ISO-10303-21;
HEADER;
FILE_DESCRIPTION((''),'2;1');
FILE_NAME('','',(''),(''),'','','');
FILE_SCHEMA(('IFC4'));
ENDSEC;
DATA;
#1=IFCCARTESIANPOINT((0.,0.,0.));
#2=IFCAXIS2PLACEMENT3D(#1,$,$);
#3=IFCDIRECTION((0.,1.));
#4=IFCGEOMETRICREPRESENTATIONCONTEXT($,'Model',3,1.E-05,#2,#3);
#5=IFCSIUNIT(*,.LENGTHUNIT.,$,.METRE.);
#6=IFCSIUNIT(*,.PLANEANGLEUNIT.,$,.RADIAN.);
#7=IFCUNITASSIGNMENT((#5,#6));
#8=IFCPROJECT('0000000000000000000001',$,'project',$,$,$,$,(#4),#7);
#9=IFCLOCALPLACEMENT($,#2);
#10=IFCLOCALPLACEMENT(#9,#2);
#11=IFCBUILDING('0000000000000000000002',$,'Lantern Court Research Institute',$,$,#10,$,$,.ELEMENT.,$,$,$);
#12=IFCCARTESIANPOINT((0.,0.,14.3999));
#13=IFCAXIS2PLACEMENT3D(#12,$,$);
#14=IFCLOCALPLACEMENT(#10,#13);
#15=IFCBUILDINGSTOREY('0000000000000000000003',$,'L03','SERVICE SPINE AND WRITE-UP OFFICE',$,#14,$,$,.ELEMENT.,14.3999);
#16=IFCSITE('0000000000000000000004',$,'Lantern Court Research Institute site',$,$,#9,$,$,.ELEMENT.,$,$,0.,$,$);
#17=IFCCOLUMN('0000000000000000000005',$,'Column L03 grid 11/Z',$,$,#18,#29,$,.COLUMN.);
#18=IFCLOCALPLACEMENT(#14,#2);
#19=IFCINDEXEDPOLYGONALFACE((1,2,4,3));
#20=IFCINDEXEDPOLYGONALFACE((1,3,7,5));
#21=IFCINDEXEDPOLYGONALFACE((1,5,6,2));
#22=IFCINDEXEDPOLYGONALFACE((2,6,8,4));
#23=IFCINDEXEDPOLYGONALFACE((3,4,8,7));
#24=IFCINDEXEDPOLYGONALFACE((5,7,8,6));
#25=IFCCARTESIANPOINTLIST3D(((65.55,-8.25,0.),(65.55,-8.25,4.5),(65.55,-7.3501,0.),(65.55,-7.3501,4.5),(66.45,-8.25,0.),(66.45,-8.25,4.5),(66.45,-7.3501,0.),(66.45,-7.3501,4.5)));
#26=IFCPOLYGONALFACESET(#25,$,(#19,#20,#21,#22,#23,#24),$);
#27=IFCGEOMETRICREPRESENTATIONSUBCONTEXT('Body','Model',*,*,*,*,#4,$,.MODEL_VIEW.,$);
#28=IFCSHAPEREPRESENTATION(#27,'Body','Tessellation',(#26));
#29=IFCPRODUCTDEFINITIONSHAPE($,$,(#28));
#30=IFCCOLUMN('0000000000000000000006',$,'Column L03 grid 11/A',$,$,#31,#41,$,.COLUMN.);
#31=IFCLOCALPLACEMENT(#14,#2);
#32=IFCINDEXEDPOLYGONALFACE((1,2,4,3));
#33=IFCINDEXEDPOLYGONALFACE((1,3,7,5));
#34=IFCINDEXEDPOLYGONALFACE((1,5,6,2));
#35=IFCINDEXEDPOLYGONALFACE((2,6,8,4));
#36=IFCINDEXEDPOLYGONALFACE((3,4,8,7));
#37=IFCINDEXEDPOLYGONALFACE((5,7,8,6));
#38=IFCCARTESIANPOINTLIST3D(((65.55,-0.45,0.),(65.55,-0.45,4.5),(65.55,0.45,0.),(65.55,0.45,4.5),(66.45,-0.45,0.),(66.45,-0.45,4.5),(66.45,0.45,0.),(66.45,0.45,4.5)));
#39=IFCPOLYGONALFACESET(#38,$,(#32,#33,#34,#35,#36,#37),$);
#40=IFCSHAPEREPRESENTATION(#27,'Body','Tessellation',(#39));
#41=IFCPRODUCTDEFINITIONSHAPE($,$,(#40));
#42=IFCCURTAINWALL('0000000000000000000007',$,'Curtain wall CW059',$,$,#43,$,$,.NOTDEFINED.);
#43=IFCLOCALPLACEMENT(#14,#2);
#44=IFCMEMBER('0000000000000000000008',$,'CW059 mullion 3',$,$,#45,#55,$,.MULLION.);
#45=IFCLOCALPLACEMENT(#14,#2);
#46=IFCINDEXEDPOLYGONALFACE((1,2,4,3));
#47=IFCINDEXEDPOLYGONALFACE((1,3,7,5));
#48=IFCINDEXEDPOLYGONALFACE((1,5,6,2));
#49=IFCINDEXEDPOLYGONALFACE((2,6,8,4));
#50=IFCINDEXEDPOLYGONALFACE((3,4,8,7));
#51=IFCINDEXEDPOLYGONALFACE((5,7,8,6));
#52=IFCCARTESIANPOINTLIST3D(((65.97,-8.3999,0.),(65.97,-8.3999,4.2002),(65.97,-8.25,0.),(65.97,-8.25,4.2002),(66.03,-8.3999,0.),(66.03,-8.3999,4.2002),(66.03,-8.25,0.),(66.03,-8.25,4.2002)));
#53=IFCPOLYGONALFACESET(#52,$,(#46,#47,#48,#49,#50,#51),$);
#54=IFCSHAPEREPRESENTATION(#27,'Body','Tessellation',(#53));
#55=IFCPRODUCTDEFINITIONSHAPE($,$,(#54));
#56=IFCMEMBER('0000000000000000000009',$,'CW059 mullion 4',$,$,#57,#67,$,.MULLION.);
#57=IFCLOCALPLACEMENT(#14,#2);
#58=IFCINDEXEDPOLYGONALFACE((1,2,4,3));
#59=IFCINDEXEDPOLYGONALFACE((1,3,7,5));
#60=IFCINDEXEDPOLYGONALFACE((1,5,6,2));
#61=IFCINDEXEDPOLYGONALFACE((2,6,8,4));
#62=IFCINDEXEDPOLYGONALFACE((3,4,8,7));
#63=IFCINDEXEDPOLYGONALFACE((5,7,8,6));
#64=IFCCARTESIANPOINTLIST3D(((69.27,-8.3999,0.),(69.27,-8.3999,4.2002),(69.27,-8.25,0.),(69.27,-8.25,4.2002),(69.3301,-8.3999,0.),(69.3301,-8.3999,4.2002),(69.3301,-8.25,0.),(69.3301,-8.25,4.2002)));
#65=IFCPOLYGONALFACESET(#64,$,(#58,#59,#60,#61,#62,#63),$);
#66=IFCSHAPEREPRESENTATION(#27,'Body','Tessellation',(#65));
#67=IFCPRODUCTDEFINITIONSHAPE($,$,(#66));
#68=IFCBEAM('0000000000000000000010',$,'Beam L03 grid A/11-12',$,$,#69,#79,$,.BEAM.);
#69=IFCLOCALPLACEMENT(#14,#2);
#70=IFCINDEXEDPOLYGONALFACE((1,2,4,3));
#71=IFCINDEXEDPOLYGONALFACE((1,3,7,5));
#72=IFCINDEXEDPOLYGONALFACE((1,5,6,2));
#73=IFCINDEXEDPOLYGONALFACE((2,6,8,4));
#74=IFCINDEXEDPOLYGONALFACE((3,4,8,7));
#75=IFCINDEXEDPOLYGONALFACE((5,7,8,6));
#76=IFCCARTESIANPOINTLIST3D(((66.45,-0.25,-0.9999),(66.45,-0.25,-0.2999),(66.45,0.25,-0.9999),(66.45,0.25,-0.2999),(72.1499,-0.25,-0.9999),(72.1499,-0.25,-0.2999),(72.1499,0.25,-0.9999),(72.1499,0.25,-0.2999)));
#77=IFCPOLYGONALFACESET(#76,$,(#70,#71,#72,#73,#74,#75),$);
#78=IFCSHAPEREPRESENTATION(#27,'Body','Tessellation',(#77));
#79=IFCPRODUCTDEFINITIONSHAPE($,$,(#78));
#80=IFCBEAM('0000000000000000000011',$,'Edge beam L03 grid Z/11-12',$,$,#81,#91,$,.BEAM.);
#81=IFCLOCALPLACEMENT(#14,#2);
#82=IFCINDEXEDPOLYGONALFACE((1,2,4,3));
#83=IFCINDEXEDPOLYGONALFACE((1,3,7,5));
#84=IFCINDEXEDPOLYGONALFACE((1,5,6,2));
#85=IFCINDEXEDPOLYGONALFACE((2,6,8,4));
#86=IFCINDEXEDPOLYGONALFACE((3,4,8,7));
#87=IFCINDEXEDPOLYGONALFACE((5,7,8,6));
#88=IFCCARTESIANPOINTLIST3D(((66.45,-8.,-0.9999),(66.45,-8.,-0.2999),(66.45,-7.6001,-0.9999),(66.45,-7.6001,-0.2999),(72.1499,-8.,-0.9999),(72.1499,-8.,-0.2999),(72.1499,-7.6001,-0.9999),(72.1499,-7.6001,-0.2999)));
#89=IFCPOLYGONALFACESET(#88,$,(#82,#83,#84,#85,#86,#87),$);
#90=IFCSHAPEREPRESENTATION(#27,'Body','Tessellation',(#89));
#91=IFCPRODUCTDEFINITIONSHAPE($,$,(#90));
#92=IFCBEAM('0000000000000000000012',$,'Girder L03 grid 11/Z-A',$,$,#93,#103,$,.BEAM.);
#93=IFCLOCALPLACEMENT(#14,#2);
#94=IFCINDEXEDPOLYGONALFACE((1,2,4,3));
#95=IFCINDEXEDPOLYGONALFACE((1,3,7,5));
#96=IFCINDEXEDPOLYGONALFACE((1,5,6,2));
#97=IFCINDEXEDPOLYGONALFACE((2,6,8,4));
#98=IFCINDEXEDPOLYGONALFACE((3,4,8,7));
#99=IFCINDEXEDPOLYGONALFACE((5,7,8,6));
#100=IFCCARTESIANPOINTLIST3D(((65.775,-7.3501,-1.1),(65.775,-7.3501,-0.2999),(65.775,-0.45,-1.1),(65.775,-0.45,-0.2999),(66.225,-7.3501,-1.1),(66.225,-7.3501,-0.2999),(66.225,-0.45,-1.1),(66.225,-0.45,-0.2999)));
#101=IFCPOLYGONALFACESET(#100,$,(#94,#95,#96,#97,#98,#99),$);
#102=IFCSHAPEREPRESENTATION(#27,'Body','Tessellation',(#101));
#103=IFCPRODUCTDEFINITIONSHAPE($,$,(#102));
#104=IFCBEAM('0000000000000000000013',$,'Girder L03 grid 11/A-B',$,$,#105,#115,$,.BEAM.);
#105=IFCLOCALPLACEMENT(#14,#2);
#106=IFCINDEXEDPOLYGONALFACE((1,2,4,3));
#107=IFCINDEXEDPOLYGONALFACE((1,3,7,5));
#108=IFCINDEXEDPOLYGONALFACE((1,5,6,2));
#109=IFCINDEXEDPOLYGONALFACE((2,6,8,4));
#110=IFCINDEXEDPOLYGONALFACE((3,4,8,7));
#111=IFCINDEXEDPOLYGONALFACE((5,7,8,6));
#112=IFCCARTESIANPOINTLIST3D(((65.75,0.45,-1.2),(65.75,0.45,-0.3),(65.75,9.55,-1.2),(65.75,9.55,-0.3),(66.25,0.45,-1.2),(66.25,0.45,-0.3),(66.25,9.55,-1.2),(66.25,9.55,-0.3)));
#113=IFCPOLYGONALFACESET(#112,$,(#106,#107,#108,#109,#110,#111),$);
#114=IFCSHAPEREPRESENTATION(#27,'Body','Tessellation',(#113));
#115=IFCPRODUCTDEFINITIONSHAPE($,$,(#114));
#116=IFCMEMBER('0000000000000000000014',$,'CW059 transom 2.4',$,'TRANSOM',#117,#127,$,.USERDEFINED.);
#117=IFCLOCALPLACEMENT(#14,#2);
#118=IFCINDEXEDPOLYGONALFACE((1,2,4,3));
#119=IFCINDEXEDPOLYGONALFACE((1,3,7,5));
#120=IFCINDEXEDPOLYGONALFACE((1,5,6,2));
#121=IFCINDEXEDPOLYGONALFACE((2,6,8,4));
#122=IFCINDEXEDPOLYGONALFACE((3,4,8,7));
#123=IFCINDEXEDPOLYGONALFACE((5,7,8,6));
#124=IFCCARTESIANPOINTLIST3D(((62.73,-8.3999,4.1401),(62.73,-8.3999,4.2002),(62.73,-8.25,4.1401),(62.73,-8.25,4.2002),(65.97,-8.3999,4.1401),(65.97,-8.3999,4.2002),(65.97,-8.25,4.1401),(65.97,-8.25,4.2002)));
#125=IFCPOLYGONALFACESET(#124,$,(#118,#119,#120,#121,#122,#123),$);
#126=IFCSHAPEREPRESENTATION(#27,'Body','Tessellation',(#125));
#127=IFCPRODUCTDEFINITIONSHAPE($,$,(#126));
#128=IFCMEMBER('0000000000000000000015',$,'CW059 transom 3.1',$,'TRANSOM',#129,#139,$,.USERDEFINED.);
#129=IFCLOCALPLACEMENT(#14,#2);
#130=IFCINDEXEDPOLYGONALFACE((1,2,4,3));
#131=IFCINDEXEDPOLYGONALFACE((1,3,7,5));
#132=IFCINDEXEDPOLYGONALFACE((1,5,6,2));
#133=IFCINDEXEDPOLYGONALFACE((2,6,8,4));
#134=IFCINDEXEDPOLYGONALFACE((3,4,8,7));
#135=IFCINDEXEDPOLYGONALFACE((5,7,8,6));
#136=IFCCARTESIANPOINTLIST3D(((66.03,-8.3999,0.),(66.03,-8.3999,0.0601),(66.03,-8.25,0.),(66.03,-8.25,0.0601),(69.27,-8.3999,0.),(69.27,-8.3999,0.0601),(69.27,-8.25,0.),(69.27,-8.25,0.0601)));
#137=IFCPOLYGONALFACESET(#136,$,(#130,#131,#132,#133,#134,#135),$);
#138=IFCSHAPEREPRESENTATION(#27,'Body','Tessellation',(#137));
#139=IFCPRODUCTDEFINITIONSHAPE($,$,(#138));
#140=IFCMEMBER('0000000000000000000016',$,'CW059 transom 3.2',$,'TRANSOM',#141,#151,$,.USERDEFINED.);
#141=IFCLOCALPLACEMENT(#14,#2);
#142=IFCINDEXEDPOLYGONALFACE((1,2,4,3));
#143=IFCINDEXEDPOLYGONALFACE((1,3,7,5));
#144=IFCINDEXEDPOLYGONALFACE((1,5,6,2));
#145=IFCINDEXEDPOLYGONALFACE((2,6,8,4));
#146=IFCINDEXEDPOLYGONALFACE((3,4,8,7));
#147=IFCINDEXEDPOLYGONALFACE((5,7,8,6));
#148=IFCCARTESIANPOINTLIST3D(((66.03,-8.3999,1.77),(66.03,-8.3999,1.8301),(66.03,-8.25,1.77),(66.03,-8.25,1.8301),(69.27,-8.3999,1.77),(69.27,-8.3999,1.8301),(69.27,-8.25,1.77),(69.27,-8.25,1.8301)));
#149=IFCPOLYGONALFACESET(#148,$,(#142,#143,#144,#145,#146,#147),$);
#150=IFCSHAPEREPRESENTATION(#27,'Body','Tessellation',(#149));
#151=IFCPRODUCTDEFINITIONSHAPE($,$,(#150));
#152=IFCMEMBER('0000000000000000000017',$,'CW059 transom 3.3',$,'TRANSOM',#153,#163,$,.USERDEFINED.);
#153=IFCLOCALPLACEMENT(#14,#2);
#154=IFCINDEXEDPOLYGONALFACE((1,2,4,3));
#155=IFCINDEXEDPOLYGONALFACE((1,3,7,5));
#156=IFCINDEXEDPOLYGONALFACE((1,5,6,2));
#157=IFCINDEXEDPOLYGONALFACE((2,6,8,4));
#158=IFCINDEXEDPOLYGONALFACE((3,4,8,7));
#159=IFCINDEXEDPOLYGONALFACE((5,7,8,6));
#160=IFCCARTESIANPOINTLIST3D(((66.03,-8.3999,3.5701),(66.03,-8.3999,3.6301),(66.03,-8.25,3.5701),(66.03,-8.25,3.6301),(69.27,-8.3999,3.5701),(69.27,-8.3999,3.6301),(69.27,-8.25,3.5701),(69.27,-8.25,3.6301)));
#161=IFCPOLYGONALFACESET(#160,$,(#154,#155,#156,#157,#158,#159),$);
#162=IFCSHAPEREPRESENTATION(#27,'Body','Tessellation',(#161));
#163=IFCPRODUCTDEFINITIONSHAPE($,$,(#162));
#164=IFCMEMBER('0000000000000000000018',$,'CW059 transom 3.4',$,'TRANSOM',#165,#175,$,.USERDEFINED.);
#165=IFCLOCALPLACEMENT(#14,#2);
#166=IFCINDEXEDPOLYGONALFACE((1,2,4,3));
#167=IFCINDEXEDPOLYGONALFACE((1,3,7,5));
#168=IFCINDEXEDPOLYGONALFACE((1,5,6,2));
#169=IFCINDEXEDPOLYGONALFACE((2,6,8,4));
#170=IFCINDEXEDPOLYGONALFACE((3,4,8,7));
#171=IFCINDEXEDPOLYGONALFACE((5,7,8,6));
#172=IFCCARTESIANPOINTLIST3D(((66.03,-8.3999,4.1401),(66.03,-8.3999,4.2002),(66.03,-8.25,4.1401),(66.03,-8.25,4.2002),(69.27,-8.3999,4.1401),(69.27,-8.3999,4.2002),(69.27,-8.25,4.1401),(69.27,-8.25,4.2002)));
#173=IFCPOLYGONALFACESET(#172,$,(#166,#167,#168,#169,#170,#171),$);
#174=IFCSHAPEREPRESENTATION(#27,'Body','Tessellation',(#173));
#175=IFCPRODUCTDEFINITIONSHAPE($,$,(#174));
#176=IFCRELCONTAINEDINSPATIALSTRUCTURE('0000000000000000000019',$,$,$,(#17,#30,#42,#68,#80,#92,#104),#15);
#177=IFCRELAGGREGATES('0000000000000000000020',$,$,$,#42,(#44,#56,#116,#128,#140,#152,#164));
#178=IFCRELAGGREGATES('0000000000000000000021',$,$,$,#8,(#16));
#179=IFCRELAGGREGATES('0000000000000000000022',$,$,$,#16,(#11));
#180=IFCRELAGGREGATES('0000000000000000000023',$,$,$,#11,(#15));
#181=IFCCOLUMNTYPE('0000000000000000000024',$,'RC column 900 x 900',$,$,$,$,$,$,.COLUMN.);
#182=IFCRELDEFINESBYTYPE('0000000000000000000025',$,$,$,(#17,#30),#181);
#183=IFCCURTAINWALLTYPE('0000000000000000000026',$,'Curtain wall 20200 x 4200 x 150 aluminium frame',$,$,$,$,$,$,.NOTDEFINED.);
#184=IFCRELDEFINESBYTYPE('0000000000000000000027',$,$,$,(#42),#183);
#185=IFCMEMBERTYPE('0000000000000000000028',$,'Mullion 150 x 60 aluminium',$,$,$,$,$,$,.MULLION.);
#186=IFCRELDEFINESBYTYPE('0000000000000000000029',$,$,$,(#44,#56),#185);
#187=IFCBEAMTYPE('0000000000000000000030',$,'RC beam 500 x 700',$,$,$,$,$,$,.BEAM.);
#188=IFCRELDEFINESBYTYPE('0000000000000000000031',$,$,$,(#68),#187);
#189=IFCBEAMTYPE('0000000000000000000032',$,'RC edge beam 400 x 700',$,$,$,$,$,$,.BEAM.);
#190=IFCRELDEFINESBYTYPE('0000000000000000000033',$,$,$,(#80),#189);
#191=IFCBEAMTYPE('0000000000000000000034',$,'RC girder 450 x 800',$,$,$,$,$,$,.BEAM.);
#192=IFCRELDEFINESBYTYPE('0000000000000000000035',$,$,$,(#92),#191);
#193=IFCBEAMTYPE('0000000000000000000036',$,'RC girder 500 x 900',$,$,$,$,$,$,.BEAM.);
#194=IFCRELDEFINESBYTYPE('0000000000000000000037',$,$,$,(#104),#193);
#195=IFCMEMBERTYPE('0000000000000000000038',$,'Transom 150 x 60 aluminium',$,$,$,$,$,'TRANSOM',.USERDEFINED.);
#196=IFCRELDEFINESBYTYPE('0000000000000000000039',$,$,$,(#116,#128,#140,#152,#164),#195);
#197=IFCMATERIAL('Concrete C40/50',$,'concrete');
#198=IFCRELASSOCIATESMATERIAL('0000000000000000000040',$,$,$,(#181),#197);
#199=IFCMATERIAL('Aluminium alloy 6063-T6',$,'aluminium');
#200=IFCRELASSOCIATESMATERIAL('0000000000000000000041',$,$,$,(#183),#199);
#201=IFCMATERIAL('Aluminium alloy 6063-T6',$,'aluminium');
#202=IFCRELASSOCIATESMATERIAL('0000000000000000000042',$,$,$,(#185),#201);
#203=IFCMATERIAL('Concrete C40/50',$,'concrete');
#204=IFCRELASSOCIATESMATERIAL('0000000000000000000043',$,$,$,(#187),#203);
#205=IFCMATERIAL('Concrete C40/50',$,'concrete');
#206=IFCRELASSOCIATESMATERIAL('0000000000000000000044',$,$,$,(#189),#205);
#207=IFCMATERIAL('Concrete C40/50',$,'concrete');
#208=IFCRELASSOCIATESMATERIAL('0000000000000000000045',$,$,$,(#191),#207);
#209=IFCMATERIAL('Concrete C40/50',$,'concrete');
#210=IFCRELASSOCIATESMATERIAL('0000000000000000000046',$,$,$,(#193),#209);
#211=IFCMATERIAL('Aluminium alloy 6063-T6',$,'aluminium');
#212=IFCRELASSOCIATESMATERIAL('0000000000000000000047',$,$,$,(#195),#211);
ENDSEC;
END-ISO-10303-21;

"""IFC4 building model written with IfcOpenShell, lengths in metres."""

from ifc_helpers import new_model, si_unit, direction, frame, origin, origin_2d, place, context, subcontext, project, spatial, rectangle, extrude, material, material_profile, profile_set, type_object, element, aggregate, save


model = new_model("IFC4")

# Units and contexts
model_context = context("Model", 3, precision=1e-05, world=origin(), true_north=direction((0.0, 1.0)))
body_context = subcontext(model_context, "Body", "Model", "MODEL_VIEW")
ifc_project = project(units=[si_unit("LENGTHUNIT", "METRE"), si_unit("PLANEANGLEUNIT", "RADIAN")], contexts=[model_context])

# Site, building, storey
site_placement = place(None, origin())
site = spatial("IfcSite", under=ifc_project, at=site_placement, Name="Lantern Court Research Institute site", CompositionType="ELEMENT", RefElevation=0.0)
building_placement = place(site_placement, origin())
building = spatial("IfcBuilding", under=site, at=building_placement, Name="Lantern Court Research Institute", CompositionType="ELEMENT")
storey_placement = place(building_placement, frame((0.0, 0.0, 14.3999)))
storey = spatial("IfcBuildingStorey", under=building, at=storey_placement, Name="L03", Description="SERVICE SPINE AND WRITE-UP OFFICE", CompositionType="ELEMENT", Elevation=14.3999)

# Columns
ifc_material_1 = material(Name="Concrete C40/50", Category="concrete")
ifc_material_profile_1 = material_profile(ifc_material_1, rectangle(XDim=0.8999, YDim=0.8999, at=origin_2d()), Name="RC column 900 x 900")
ifc_profile_set_1 = profile_set([ifc_material_profile_1], Name="Concrete C40/50")
column_type = type_object("IfcColumnType", Name="RC column 900 x 900", PredefinedType="COLUMN", material=ifc_profile_set_1)
for number, where, z_axis, x_axis, name in (
    (1, (66.0, -7.8, 0.0), (0.0, 0.0, 1.0), (1.0, 0.0, 0.0), "Column L03 grid 11/Z"),
    (2, (66.0, 0.0, 0.0), (0.0, 0.0, 1.0), (1.0, 0.0, 0.0), "Column L03 grid 11/A"),
):
    element("IfcColumn", number, at=place(storey_placement, frame(where, z_axis=z_axis, x_axis=x_axis)), inside=storey, type_object=column_type, Name=name, PredefinedType="COLUMN", context=body_context, shape_type="SweptSolid", body=[
        extrude(rectangle(XDim=0.8999, YDim=0.8999, at=origin_2d()), origin(), (0.0, 0.0, 1.0), 4.5),
    ])

# Curtain wall, members
ifc_material_2 = material(Name="Aluminium alloy 6063-T6", Category="aluminium")
curtain_wall_type = type_object("IfcCurtainWallType", Name="Curtain wall 20200 x 4200 x 150 aluminium frame", PredefinedType="NOTDEFINED", material=ifc_material_2)
curtain_wall_placement = place(storey_placement, origin())
curtain_wall = element("IfcCurtainWall", 3, at=curtain_wall_placement, inside=storey, type_object=curtain_wall_type, Name="Curtain wall CW059", PredefinedType="NOTDEFINED")
ifc_material_3 = material(Name="Aluminium alloy 6063-T6", Category="aluminium")
ifc_material_profile_2 = material_profile(ifc_material_3, rectangle(XDim=0.1499, YDim=0.0601, at=origin_2d()), Name="Mullion 150 x 60")
ifc_profile_set_2 = profile_set([ifc_material_profile_2], Name="Aluminium alloy 6063-T6")
member_type_1 = type_object("IfcMemberType", Name="Mullion 150 x 60 aluminium", PredefinedType="MULLION", material=ifc_profile_set_2)
member_1_placement = place(storey_placement, frame((66.0, -8.325, 0.0), z_axis=(0.0, 0.0, 1.0), x_axis=(0.0, -1.0, 0.0)))
member_1 = element("IfcMember", 4, at=member_1_placement, type_object=member_type_1, Name="CW059 mullion 3", PredefinedType="MULLION", context=body_context, shape_type="SweptSolid", body=[
    extrude(rectangle(XDim=0.1499, YDim=0.0601, at=origin_2d()), origin(), (0.0, 0.0, 1.0), 4.2002),
])
member_2_placement = place(storey_placement, frame((69.3, -8.325, 0.0), z_axis=(0.0, 0.0, 1.0), x_axis=(0.0, -1.0, 0.0)))
member_2 = element("IfcMember", 5, at=member_2_placement, type_object=member_type_1, Name="CW059 mullion 4", PredefinedType="MULLION", context=body_context, shape_type="SweptSolid", body=[
    extrude(rectangle(XDim=0.1499, YDim=0.0601, at=origin_2d()), origin(), (0.0, 0.0, 1.0), 4.2002),
])

# Beams
ifc_material_4 = material(Name="Concrete C40/50", Category="concrete")
ifc_material_profile_3 = material_profile(ifc_material_4, rectangle(XDim=0.5, YDim=0.7, at=origin_2d()), Name="RC beam 500 x 700")
ifc_profile_set_3 = profile_set([ifc_material_profile_3], Name="Concrete C40/50")
beam_type_1 = type_object("IfcBeamType", Name="RC beam 500 x 700", PredefinedType="BEAM", material=ifc_profile_set_3)
beam_1_placement = place(storey_placement, frame((66.45, 0.0, -0.6499), z_axis=(1.0, 0.0, 0.0), x_axis=(0.0, 1.0, 0.0)))
element("IfcBeam", 6, at=beam_1_placement, inside=storey, type_object=beam_type_1, Name="Beam L03 grid A/11-12", PredefinedType="BEAM", context=body_context, shape_type="SweptSolid", body=[
    extrude(rectangle(XDim=0.5, YDim=0.7, at=origin_2d()), origin(), (0.0, 0.0, 1.0), 5.7),
])
ifc_material_5 = material(Name="Concrete C40/50", Category="concrete")
ifc_material_profile_4 = material_profile(ifc_material_5, rectangle(XDim=0.3999, YDim=0.7, at=origin_2d()), Name="RC beam 400 x 700")
ifc_profile_set_4 = profile_set([ifc_material_profile_4], Name="Concrete C40/50")
beam_type_2 = type_object("IfcBeamType", Name="RC edge beam 400 x 700", PredefinedType="BEAM", material=ifc_profile_set_4)
beam_2_placement = place(storey_placement, frame((66.45, -7.8, -0.6499), z_axis=(1.0, 0.0, 0.0), x_axis=(0.0, 1.0, 0.0)))
element("IfcBeam", 7, at=beam_2_placement, inside=storey, type_object=beam_type_2, Name="Edge beam L03 grid Z/11-12", PredefinedType="BEAM", context=body_context, shape_type="SweptSolid", body=[
    extrude(rectangle(XDim=0.3999, YDim=0.7, at=origin_2d()), origin(), (0.0, 0.0, 1.0), 5.7),
])
ifc_material_6 = material(Name="Concrete C40/50", Category="concrete")
ifc_material_profile_5 = material_profile(ifc_material_6, rectangle(XDim=0.45, YDim=0.8, at=origin_2d()), Name="RC beam 450 x 800")
ifc_profile_set_5 = profile_set([ifc_material_profile_5], Name="Concrete C40/50")
beam_type_3 = type_object("IfcBeamType", Name="RC girder 450 x 800", PredefinedType="BEAM", material=ifc_profile_set_5)
beam_3_placement = place(storey_placement, frame((66.0, -7.3501, -0.7), z_axis=(0.0, 1.0, 0.0), x_axis=(-1.0, 0.0, 0.0)))
element("IfcBeam", 8, at=beam_3_placement, inside=storey, type_object=beam_type_3, Name="Girder L03 grid 11/Z-A", PredefinedType="BEAM", context=body_context, shape_type="SweptSolid", body=[
    extrude(rectangle(XDim=0.45, YDim=0.8, at=origin_2d()), origin(), (0.0, 0.0, 1.0), 6.9001),
])
ifc_material_7 = material(Name="Concrete C40/50", Category="concrete")
ifc_material_profile_6 = material_profile(ifc_material_7, rectangle(XDim=0.5, YDim=0.8999, at=origin_2d()), Name="RC beam 500 x 900")
ifc_profile_set_6 = profile_set([ifc_material_profile_6], Name="Concrete C40/50")
beam_type_4 = type_object("IfcBeamType", Name="RC girder 500 x 900", PredefinedType="BEAM", material=ifc_profile_set_6)
beam_4_placement = place(storey_placement, frame((66.0, 0.45, -0.75), z_axis=(0.0, 1.0, 0.0), x_axis=(-1.0, 0.0, 0.0)))
element("IfcBeam", 9, at=beam_4_placement, inside=storey, type_object=beam_type_4, Name="Girder L03 grid 11/A-B", PredefinedType="BEAM", context=body_context, shape_type="SweptSolid", body=[
    extrude(rectangle(XDim=0.5, YDim=0.8999, at=origin_2d()), origin(), (0.0, 0.0, 1.0), 9.1001),
])

# Members
ifc_material_8 = material(Name="Aluminium alloy 6063-T6", Category="aluminium")
ifc_material_profile_7 = material_profile(ifc_material_8, rectangle(XDim=0.1499, YDim=0.0601, at=origin_2d()), Name="Transom 150 x 60")
ifc_profile_set_7 = profile_set([ifc_material_profile_7], Name="Aluminium alloy 6063-T6")
member_type_2 = type_object("IfcMemberType", Name="Transom 150 x 60 aluminium", ElementType="TRANSOM", PredefinedType="USERDEFINED", material=ifc_profile_set_7)
member_3_placement = place(storey_placement, frame((65.97, -8.325, 4.1702), z_axis=(-1.0, 0.0, 0.0), x_axis=(0.0, -1.0, 0.0)))
member_3 = element("IfcMember", 10, at=member_3_placement, type_object=member_type_2, Name="CW059 transom 2.4", ObjectType="TRANSOM", PredefinedType="USERDEFINED", context=body_context, shape_type="SweptSolid", body=[
    extrude(rectangle(XDim=0.1499, YDim=0.0601, at=origin_2d()), origin(), (0.0, 0.0, 1.0), 3.24),
])
member_4_placement = place(storey_placement, frame((69.27, -8.325, 0.03), z_axis=(-1.0, 0.0, 0.0), x_axis=(0.0, -1.0, 0.0)))
member_4 = element("IfcMember", 11, at=member_4_placement, type_object=member_type_2, Name="CW059 transom 3.1", ObjectType="TRANSOM", PredefinedType="USERDEFINED", context=body_context, shape_type="SweptSolid", body=[
    extrude(rectangle(XDim=0.1499, YDim=0.0601, at=origin_2d()), origin(), (0.0, 0.0, 1.0), 3.24),
])
member_5_placement = place(storey_placement, frame((69.27, -8.325, 1.8), z_axis=(-1.0, 0.0, 0.0), x_axis=(0.0, -1.0, 0.0)))
member_5 = element("IfcMember", 12, at=member_5_placement, type_object=member_type_2, Name="CW059 transom 3.2", ObjectType="TRANSOM", PredefinedType="USERDEFINED", context=body_context, shape_type="SweptSolid", body=[
    extrude(rectangle(XDim=0.1499, YDim=0.0601, at=origin_2d()), origin(), (0.0, 0.0, 1.0), 3.24),
])
member_6_placement = place(storey_placement, frame((69.27, -8.325, 3.6001), z_axis=(-1.0, 0.0, 0.0), x_axis=(0.0, -1.0, 0.0)))
member_6 = element("IfcMember", 13, at=member_6_placement, type_object=member_type_2, Name="CW059 transom 3.3", ObjectType="TRANSOM", PredefinedType="USERDEFINED", context=body_context, shape_type="SweptSolid", body=[
    extrude(rectangle(XDim=0.1499, YDim=0.0601, at=origin_2d()), origin(), (0.0, 0.0, 1.0), 3.24),
])
member_7_placement = place(storey_placement, frame((69.27, -8.325, 4.1702), z_axis=(-1.0, 0.0, 0.0), x_axis=(0.0, -1.0, 0.0)))
member_7 = element("IfcMember", 14, at=member_7_placement, type_object=member_type_2, Name="CW059 transom 3.4", ObjectType="TRANSOM", PredefinedType="USERDEFINED", context=body_context, shape_type="SweptSolid", body=[
    extrude(rectangle(XDim=0.1499, YDim=0.0601, at=origin_2d()), origin(), (0.0, 0.0, 1.0), 3.24),
])

aggregate(curtain_wall, [member_1, member_2, member_3, member_4, member_5, member_6, member_7])

save(model, "model.ifc")
